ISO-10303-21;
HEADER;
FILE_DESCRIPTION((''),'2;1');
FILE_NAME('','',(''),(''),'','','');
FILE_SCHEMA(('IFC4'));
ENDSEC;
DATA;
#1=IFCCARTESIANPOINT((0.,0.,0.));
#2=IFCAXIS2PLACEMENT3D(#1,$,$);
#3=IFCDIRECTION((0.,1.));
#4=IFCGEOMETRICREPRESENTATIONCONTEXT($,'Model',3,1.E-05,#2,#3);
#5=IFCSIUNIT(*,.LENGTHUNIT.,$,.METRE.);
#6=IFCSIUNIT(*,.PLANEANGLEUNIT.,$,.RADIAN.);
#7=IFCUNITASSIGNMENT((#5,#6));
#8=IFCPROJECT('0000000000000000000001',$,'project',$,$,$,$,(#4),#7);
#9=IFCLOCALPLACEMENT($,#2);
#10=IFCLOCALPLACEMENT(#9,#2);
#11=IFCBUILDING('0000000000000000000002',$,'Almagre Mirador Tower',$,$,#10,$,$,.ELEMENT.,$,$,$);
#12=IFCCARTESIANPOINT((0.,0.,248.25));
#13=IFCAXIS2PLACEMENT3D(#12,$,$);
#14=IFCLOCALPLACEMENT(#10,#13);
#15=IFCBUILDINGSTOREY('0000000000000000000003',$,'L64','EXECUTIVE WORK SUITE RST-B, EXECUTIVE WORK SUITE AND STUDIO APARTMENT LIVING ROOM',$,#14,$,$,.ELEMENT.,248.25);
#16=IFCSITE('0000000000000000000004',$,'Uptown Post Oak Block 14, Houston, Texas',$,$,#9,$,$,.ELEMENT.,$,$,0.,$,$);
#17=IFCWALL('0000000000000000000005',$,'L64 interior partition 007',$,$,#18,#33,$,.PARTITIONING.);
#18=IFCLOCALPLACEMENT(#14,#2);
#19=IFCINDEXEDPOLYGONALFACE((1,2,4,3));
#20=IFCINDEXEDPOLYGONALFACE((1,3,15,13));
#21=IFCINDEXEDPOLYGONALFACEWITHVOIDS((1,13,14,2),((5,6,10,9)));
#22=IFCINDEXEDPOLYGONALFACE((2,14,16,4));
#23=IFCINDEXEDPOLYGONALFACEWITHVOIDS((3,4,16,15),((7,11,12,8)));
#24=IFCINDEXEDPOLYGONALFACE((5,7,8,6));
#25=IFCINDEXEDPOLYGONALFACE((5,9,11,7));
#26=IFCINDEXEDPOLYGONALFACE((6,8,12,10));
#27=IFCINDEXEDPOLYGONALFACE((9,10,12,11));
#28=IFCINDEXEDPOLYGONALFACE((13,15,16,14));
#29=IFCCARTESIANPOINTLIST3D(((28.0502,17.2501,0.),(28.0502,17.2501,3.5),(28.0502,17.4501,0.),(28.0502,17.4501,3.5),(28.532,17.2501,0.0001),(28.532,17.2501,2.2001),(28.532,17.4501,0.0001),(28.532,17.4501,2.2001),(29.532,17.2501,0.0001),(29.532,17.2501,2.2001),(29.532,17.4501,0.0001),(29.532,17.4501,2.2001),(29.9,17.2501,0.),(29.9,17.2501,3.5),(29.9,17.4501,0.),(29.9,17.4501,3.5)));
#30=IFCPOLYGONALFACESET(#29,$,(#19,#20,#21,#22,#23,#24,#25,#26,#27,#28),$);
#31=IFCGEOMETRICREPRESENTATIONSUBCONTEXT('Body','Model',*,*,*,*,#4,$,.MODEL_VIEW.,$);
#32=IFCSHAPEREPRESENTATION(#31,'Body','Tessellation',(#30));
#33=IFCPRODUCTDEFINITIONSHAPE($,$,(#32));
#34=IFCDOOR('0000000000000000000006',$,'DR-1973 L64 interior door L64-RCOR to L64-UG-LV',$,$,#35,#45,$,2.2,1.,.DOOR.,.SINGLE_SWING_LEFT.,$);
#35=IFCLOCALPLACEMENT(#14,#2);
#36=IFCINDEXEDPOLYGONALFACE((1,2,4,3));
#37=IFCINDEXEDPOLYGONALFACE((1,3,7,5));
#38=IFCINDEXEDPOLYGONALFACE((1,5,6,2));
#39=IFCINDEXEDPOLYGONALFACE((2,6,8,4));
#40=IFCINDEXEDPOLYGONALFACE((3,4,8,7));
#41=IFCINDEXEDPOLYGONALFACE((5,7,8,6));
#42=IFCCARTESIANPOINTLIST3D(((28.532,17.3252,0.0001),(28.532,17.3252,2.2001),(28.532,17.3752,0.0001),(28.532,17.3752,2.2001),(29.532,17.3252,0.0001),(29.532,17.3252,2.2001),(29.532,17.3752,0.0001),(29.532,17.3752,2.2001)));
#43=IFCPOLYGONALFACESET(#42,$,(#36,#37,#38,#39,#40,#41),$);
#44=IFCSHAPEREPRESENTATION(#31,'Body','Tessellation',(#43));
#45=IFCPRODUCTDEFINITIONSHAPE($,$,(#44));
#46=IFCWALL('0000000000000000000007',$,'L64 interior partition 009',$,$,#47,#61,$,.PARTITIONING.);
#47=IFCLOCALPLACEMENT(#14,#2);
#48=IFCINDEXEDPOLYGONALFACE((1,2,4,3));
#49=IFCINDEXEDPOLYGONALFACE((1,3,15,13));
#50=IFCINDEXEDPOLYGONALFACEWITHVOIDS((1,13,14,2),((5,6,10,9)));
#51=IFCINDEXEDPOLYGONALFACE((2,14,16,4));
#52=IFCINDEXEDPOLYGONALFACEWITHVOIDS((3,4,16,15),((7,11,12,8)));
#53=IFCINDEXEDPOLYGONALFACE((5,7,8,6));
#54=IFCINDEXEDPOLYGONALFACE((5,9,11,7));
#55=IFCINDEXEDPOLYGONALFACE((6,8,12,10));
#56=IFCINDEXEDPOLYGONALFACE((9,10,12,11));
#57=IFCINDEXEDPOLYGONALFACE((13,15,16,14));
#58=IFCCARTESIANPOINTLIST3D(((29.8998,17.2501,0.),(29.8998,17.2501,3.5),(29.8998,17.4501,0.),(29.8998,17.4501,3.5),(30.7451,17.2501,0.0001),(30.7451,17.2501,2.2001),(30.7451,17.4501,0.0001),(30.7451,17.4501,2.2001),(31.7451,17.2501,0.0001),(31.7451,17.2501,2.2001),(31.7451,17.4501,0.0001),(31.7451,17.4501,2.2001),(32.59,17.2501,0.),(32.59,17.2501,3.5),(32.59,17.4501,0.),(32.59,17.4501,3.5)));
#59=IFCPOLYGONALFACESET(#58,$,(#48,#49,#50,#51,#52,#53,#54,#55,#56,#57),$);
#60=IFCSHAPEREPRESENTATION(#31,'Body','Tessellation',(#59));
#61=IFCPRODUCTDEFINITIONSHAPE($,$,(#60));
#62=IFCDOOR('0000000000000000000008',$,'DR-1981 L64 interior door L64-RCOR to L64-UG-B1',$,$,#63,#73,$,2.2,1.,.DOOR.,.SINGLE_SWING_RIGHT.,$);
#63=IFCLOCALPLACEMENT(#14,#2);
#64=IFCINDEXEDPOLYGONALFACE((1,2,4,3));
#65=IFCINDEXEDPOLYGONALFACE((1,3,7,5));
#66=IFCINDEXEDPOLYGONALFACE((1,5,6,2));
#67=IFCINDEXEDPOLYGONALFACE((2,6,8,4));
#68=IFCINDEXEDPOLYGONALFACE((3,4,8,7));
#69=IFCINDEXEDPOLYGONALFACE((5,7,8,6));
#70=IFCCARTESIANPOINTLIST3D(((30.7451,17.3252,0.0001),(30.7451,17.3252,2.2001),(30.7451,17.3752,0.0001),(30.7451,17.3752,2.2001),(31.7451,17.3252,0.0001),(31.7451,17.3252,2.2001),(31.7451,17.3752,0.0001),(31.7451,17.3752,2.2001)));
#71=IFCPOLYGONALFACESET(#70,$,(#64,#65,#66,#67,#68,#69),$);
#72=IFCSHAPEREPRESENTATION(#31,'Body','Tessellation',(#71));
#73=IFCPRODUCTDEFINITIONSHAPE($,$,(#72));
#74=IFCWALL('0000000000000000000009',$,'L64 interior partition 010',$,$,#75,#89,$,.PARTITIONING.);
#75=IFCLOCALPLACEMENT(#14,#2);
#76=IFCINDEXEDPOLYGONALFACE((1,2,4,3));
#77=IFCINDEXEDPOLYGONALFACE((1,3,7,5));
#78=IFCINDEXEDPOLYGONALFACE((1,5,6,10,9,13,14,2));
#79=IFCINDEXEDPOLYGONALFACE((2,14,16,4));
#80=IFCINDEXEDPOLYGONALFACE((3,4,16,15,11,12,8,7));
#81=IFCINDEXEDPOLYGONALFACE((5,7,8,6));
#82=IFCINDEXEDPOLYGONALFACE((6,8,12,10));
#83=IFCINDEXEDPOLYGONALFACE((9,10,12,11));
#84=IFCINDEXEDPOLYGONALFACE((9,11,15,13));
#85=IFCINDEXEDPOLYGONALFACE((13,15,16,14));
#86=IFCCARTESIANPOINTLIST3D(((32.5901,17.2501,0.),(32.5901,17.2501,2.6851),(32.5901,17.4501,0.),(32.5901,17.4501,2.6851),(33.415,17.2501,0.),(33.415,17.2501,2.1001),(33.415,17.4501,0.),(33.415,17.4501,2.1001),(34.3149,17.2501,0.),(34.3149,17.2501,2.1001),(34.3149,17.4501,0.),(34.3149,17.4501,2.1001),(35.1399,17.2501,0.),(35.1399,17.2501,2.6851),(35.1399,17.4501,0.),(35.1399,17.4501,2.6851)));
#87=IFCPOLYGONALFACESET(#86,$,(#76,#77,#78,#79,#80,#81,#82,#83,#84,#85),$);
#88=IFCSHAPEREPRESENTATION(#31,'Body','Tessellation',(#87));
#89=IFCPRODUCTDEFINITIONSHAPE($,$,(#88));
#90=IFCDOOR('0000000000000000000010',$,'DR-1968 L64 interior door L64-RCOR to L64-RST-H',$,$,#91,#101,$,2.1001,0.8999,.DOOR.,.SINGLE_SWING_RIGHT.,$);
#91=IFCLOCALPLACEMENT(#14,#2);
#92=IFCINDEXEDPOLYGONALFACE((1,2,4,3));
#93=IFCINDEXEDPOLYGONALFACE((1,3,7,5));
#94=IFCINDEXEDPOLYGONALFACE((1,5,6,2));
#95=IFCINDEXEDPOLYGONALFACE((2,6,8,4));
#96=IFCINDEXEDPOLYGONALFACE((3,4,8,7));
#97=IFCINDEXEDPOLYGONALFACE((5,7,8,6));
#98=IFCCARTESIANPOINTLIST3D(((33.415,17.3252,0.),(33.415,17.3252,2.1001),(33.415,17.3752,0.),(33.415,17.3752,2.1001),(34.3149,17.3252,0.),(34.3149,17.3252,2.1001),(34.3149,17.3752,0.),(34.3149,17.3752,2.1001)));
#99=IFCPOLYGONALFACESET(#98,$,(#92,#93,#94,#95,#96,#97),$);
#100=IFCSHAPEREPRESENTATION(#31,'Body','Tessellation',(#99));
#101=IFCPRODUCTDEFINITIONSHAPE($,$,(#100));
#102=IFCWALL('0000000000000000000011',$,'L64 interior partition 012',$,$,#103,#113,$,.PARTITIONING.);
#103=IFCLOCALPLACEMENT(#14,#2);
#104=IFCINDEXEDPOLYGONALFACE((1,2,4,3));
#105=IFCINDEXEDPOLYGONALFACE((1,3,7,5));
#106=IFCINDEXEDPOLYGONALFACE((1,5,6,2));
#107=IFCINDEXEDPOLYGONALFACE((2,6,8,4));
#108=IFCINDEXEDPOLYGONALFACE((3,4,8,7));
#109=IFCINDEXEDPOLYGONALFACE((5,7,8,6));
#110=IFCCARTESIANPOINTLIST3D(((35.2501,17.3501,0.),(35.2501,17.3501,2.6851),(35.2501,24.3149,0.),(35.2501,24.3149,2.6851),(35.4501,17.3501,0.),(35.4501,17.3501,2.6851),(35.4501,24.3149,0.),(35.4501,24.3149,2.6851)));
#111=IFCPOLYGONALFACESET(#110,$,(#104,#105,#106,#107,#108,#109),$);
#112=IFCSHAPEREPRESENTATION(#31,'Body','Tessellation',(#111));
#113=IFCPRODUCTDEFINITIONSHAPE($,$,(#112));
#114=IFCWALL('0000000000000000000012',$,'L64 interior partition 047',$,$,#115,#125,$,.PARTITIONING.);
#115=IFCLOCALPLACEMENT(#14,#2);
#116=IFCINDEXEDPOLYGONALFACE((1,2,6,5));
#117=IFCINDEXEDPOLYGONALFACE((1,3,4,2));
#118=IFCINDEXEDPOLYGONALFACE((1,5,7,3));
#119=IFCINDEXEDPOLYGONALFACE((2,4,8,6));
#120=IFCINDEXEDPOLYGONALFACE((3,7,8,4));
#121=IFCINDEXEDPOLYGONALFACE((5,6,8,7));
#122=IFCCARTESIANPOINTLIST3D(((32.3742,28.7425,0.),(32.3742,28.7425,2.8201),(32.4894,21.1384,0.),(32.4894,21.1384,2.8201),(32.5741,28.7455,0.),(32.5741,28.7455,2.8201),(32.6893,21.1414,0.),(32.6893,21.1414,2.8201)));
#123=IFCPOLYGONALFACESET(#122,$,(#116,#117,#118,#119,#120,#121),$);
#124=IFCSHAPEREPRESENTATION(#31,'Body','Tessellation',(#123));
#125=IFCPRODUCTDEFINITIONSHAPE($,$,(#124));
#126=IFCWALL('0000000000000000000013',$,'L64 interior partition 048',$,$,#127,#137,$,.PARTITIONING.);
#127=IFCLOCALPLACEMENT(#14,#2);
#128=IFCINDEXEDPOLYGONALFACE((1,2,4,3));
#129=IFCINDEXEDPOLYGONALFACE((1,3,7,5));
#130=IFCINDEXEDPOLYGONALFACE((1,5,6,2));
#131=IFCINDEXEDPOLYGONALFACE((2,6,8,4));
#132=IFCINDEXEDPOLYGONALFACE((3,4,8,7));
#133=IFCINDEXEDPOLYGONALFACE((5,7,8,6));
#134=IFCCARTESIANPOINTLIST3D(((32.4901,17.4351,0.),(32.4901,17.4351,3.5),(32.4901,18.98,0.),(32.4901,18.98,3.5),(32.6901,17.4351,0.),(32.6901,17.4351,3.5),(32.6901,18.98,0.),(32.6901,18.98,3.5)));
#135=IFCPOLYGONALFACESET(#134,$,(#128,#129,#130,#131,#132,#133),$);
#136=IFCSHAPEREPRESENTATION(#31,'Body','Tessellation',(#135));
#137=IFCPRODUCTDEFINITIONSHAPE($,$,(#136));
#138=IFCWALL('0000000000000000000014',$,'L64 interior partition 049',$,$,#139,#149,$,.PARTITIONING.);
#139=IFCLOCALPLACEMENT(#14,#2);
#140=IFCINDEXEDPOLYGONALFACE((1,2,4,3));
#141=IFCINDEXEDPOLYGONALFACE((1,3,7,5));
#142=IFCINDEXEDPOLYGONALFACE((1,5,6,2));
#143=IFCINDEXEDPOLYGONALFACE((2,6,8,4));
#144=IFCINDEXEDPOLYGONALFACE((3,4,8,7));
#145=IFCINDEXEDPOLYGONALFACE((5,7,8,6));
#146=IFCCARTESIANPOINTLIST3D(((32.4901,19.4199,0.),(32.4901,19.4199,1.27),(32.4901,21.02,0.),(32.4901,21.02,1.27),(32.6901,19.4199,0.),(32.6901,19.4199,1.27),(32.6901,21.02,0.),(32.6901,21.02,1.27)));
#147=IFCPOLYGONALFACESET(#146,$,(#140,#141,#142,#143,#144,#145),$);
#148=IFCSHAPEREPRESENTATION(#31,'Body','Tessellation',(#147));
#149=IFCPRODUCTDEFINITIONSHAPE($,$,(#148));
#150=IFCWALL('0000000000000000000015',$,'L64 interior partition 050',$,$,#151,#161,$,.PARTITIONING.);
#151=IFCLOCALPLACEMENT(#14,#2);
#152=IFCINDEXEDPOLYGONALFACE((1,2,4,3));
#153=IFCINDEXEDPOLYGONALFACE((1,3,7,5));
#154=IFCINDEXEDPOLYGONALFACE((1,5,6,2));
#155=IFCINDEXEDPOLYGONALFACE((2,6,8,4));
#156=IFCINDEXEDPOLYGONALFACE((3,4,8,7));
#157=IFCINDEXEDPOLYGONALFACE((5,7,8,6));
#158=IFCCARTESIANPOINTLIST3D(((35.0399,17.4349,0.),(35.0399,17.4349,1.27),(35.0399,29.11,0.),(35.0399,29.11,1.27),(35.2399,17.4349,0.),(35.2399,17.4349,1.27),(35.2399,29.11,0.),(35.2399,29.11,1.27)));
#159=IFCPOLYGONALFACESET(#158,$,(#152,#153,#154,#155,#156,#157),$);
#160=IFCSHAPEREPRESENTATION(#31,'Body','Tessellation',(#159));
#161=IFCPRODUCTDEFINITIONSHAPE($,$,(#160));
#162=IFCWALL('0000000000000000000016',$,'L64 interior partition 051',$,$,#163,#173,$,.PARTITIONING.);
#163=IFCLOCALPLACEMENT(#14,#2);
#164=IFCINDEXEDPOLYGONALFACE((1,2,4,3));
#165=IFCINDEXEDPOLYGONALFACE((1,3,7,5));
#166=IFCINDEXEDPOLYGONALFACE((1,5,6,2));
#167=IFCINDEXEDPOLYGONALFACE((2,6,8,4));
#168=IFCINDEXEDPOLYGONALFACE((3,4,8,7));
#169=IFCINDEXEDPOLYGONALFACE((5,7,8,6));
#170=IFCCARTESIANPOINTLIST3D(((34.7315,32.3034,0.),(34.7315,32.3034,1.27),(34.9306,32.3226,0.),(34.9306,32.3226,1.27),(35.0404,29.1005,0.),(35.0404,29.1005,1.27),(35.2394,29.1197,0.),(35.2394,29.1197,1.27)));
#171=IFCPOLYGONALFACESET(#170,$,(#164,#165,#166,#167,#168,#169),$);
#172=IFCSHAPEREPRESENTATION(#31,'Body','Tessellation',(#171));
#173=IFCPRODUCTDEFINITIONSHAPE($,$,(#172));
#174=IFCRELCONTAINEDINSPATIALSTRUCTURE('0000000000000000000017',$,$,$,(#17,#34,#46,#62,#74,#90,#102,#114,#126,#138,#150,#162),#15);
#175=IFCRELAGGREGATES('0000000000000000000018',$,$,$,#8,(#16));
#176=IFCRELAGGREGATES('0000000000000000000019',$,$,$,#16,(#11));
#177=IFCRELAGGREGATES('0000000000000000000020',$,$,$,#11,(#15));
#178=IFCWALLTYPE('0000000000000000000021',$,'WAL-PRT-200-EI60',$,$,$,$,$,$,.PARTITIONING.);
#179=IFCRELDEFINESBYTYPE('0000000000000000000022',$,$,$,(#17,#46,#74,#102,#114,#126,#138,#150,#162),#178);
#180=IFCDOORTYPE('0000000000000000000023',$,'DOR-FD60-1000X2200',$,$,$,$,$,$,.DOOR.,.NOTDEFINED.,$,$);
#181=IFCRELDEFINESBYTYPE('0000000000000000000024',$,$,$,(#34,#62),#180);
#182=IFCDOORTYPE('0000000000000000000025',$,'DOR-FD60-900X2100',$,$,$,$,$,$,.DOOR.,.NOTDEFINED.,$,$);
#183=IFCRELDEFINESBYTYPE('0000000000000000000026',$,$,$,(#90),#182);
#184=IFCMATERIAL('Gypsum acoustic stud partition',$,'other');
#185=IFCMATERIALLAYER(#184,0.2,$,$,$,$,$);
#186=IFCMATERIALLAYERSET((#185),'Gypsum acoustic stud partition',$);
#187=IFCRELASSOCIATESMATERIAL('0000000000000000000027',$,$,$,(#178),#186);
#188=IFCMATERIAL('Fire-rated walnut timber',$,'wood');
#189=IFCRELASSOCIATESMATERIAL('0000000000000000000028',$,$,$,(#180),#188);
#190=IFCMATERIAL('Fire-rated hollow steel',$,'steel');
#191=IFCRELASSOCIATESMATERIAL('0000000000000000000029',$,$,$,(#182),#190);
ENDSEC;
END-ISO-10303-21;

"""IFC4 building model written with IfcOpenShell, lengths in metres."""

from ifc_helpers import new_model, si_unit, direction, frame, frame_2d, origin, place, context, subcontext, project, spatial, rectangle, extrude, material, layer, layer_set, type_object, element, fill, save


model = new_model("IFC4")

# Units and contexts
model_context = context("Model", 3, precision=1e-05, world=origin(), true_north=direction((0.0, 1.0)))
body_context = subcontext(model_context, "Body", "Model", "MODEL_VIEW")
ifc_project = project(units=[si_unit("LENGTHUNIT", "METRE"), si_unit("PLANEANGLEUNIT", "RADIAN")], contexts=[model_context])

# Site, building, storey
site_placement = place(None, origin())
site = spatial("IfcSite", under=ifc_project, at=site_placement, Name="Uptown Post Oak Block 14, Houston, Texas", CompositionType="ELEMENT", RefElevation=0.0)
building_placement = place(site_placement, origin())
building = spatial("IfcBuilding", under=site, at=building_placement, Name="Almagre Mirador Tower", CompositionType="ELEMENT")
storey_placement = place(building_placement, frame((0.0, 0.0, 248.25)))
storey = spatial("IfcBuildingStorey", under=building, at=storey_placement, Name="L64", Description="EXECUTIVE WORK SUITE RST-B, EXECUTIVE WORK SUITE AND STUDIO APARTMENT LIVING ROOM", CompositionType="ELEMENT", Elevation=248.25)

# Walls, openings, doors
ifc_material_1 = material(Name="Gypsum acoustic stud partition", Category="other")
ifc_layer_1 = layer(ifc_material_1, 0.2)
ifc_layer_set_1 = layer_set([ifc_layer_1], Name="Gypsum acoustic stud partition")
wall_type_1 = type_object("IfcWallType", Name="WAL-PRT-200-EI60", PredefinedType="PARTITIONING", material=ifc_layer_set_1)
wall_1_placement = place(storey_placement, frame((29.8999, 17.3501, 0.0), z_axis=(0.0, 0.0, 1.0), x_axis=(-1.0, 0.0, 0.0)))
wall_1 = element("IfcWall", 1, at=wall_1_placement, inside=storey, type_object=wall_type_1, Name="L64 interior partition 007", PredefinedType="PARTITIONING", context=body_context, shape_type="SweptSolid", body=[
    extrude(rectangle(XDim=1.8499, YDim=0.2, at=frame_2d((0.9248, 0.0))), origin(), (0.0, 0.0, 1.0), 3.5),
])
opening_1_placement = place(wall_1_placement, frame((0.3679, 0.0, 0.0)))
opening_1 = element("IfcOpeningElement", 2, at=opening_1_placement, cuts=wall_1, PredefinedType="OPENING", context=body_context, shape_type="SweptSolid", body=[
    extrude(rectangle(XDim=1.0, YDim=2.2, at=frame_2d((0.5, 1.1001))), frame((0.0, 0.1101, 0.0), z_axis=(0.0, -1.0, 0.0), x_axis=(1.0, 0.0, 0.0)), (0.0, 0.0, 1.0), 0.22),
])
ifc_material_2 = material(Name="Fire-rated walnut timber", Category="wood")
door_type_1 = type_object("IfcDoorType", Name="DOR-FD60-1000X2200", OperationType="NOTDEFINED", PredefinedType="DOOR", material=ifc_material_2)
door_1_placement = place(opening_1_placement, origin())
door_1 = element("IfcDoor", 3, at=door_1_placement, inside=storey, type_object=door_type_1, Name="DR-1973 L64 interior door L64-RCOR to L64-UG-LV", OperationType="SINGLE_SWING_LEFT", OverallHeight=2.2, OverallWidth=1.0, PredefinedType="DOOR", context=body_context, shape_type="SweptSolid", body=[
    extrude(rectangle(XDim=1.0, YDim=2.2, at=frame_2d((0.5, 1.1001))), frame((0.0, 0.0249, 0.0), z_axis=(0.0, -1.0, 0.0), x_axis=(1.0, 0.0, 0.0)), (0.0, 0.0, 1.0), 0.05),
])
fill(opening_1, door_1)
wall_2_placement = place(storey_placement, frame((32.5901, 17.3501, 0.0), z_axis=(0.0, 0.0, 1.0), x_axis=(-1.0, 0.0, 0.0)))
wall_2 = element("IfcWall", 4, at=wall_2_placement, inside=storey, type_object=wall_type_1, Name="L64 interior partition 009", PredefinedType="PARTITIONING", context=body_context, shape_type="SweptSolid", body=[
    extrude(rectangle(XDim=2.6902, YDim=0.2, at=frame_2d((1.3452, 0.0))), origin(), (0.0, 0.0, 1.0), 3.5),
])
opening_2_placement = place(wall_2_placement, frame((0.845, 0.0, 0.0)))
opening_2 = element("IfcOpeningElement", 5, at=opening_2_placement, cuts=wall_2, PredefinedType="OPENING", context=body_context, shape_type="SweptSolid", body=[
    extrude(rectangle(XDim=1.0, YDim=2.2, at=frame_2d((0.5, 1.1001))), frame((0.0, 0.1101, 0.0), z_axis=(0.0, -1.0, 0.0), x_axis=(1.0, 0.0, 0.0)), (0.0, 0.0, 1.0), 0.22),
])
door_2_placement = place(opening_2_placement, origin())
door_2 = element("IfcDoor", 6, at=door_2_placement, inside=storey, type_object=door_type_1, Name="DR-1981 L64 interior door L64-RCOR to L64-UG-B1", OperationType="SINGLE_SWING_RIGHT", OverallHeight=2.2, OverallWidth=1.0, PredefinedType="DOOR", context=body_context, shape_type="SweptSolid", body=[
    extrude(rectangle(XDim=1.0, YDim=2.2, at=frame_2d((0.5, 1.1001))), frame((0.0, 0.0249, 0.0), z_axis=(0.0, -1.0, 0.0), x_axis=(1.0, 0.0, 0.0)), (0.0, 0.0, 1.0), 0.05),
])
fill(opening_2, door_2)
wall_3_placement = place(storey_placement, frame((35.1399, 17.3501, 0.0), z_axis=(0.0, 0.0, 1.0), x_axis=(-1.0, 0.0, 0.0)))
wall_3 = element("IfcWall", 7, at=wall_3_placement, inside=storey, type_object=wall_type_1, Name="L64 interior partition 010", PredefinedType="PARTITIONING", context=body_context, shape_type="SweptSolid", body=[
    extrude(rectangle(XDim=2.5498, YDim=0.2, at=frame_2d((1.2749, 0.0))), origin(), (0.0, 0.0, 1.0), 2.6851),
])
opening_3_placement = place(wall_3_placement, frame((0.825, 0.0, 0.0)))
opening_3 = element("IfcOpeningElement", 8, at=opening_3_placement, cuts=wall_3, PredefinedType="OPENING", context=body_context, shape_type="SweptSolid", body=[
    extrude(rectangle(XDim=0.8999, YDim=2.1001, at=frame_2d((0.45, 1.05))), frame((0.0, 0.1101, 0.0), z_axis=(0.0, -1.0, 0.0), x_axis=(1.0, 0.0, 0.0)), (0.0, 0.0, 1.0), 0.22),
])
ifc_material_3 = material(Name="Fire-rated hollow steel", Category="steel")
door_type_2 = type_object("IfcDoorType", Name="DOR-FD60-900X2100", OperationType="NOTDEFINED", PredefinedType="DOOR", material=ifc_material_3)
door_3_placement = place(opening_3_placement, origin())
door_3 = element("IfcDoor", 9, at=door_3_placement, inside=storey, type_object=door_type_2, Name="DR-1968 L64 interior door L64-RCOR to L64-RST-H", OperationType="SINGLE_SWING_RIGHT", OverallHeight=2.1001, OverallWidth=0.8999, PredefinedType="DOOR", context=body_context, shape_type="SweptSolid", body=[
    extrude(rectangle(XDim=0.8999, YDim=2.1001, at=frame_2d((0.45, 1.05))), frame((0.0, 0.0249, 0.0), z_axis=(0.0, -1.0, 0.0), x_axis=(1.0, 0.0, 0.0)), (0.0, 0.0, 1.0), 0.05),
])
fill(opening_3, door_3)

# Walls
wall_4_placement = place(storey_placement, frame((35.3501, 24.3149, 0.0), z_axis=(0.0, 0.0, 1.0), x_axis=(0.0, -1.0, 0.0)))
element("IfcWall", 10, at=wall_4_placement, inside=storey, type_object=wall_type_1, Name="L64 interior partition 012", PredefinedType="PARTITIONING", context=body_context, shape_type="SweptSolid", body=[
    extrude(rectangle(XDim=6.9648, YDim=0.2, at=frame_2d((3.4824, 0.0))), origin(), (0.0, 0.0, 1.0), 2.6851),
])
wall_5_placement = place(storey_placement, frame((32.5894, 21.1399, 0.0), z_axis=(0.0, 0.0, 1.0), x_axis=(-0.015153, 0.999885, 0.0)))
element("IfcWall", 11, at=wall_5_placement, inside=storey, type_object=wall_type_1, Name="L64 interior partition 047", PredefinedType="PARTITIONING", context=body_context, shape_type="SweptSolid", body=[
    extrude(rectangle(XDim=7.605, YDim=0.2, at=frame_2d((3.8025, 0.0))), origin(), (0.0, 0.0, 1.0), 2.8201),
])
wall_6_placement = place(storey_placement, frame((32.5901, 17.4351, 0.0), z_axis=(0.0, 0.0, 1.0), x_axis=(0.0, 1.0, 0.0)))
element("IfcWall", 12, at=wall_6_placement, inside=storey, type_object=wall_type_1, Name="L64 interior partition 048", PredefinedType="PARTITIONING", context=body_context, shape_type="SweptSolid", body=[
    extrude(rectangle(XDim=1.5449, YDim=0.2, at=frame_2d((0.7725, 0.0))), origin(), (0.0, 0.0, 1.0), 3.5),
])
wall_7_placement = place(storey_placement, frame((32.5901, 19.4199, 0.0), z_axis=(0.0, 0.0, 1.0), x_axis=(0.0, 1.0, 0.0)))
element("IfcWall", 13, at=wall_7_placement, inside=storey, type_object=wall_type_1, Name="L64 interior partition 049", PredefinedType="PARTITIONING", context=body_context, shape_type="SweptSolid", body=[
    extrude(rectangle(XDim=1.6001, YDim=0.2, at=frame_2d((0.8, 0.0))), origin(), (0.0, 0.0, 1.0), 1.27),
])
wall_8_placement = place(storey_placement, frame((35.1399, 17.4351, 0.0), z_axis=(0.0, 0.0, 1.0), x_axis=(0.0, 1.0, 0.0)))
element("IfcWall", 14, at=wall_8_placement, inside=storey, type_object=wall_type_1, Name="L64 interior partition 050", PredefinedType="PARTITIONING", context=body_context, shape_type="SweptSolid", body=[
    extrude(rectangle(XDim=11.675, YDim=0.2, at=frame_2d((5.8374, 0.0))), origin(), (0.0, 0.0, 1.0), 1.27),
])
wall_9_placement = place(storey_placement, frame((35.1399, 29.1101, 0.0), z_axis=(0.0, 0.0, 1.0), x_axis=(-0.09598, 0.995383, 0.0)))
element("IfcWall", 15, at=wall_9_placement, inside=storey, type_object=wall_type_1, Name="L64 interior partition 051", PredefinedType="PARTITIONING", context=body_context, shape_type="SweptSolid", body=[
    extrude(rectangle(XDim=3.2178, YDim=0.2, at=frame_2d((1.6089, 0.0))), origin(), (0.0, 0.0, 1.0), 1.27),
])

save(model, "model.ifc")
